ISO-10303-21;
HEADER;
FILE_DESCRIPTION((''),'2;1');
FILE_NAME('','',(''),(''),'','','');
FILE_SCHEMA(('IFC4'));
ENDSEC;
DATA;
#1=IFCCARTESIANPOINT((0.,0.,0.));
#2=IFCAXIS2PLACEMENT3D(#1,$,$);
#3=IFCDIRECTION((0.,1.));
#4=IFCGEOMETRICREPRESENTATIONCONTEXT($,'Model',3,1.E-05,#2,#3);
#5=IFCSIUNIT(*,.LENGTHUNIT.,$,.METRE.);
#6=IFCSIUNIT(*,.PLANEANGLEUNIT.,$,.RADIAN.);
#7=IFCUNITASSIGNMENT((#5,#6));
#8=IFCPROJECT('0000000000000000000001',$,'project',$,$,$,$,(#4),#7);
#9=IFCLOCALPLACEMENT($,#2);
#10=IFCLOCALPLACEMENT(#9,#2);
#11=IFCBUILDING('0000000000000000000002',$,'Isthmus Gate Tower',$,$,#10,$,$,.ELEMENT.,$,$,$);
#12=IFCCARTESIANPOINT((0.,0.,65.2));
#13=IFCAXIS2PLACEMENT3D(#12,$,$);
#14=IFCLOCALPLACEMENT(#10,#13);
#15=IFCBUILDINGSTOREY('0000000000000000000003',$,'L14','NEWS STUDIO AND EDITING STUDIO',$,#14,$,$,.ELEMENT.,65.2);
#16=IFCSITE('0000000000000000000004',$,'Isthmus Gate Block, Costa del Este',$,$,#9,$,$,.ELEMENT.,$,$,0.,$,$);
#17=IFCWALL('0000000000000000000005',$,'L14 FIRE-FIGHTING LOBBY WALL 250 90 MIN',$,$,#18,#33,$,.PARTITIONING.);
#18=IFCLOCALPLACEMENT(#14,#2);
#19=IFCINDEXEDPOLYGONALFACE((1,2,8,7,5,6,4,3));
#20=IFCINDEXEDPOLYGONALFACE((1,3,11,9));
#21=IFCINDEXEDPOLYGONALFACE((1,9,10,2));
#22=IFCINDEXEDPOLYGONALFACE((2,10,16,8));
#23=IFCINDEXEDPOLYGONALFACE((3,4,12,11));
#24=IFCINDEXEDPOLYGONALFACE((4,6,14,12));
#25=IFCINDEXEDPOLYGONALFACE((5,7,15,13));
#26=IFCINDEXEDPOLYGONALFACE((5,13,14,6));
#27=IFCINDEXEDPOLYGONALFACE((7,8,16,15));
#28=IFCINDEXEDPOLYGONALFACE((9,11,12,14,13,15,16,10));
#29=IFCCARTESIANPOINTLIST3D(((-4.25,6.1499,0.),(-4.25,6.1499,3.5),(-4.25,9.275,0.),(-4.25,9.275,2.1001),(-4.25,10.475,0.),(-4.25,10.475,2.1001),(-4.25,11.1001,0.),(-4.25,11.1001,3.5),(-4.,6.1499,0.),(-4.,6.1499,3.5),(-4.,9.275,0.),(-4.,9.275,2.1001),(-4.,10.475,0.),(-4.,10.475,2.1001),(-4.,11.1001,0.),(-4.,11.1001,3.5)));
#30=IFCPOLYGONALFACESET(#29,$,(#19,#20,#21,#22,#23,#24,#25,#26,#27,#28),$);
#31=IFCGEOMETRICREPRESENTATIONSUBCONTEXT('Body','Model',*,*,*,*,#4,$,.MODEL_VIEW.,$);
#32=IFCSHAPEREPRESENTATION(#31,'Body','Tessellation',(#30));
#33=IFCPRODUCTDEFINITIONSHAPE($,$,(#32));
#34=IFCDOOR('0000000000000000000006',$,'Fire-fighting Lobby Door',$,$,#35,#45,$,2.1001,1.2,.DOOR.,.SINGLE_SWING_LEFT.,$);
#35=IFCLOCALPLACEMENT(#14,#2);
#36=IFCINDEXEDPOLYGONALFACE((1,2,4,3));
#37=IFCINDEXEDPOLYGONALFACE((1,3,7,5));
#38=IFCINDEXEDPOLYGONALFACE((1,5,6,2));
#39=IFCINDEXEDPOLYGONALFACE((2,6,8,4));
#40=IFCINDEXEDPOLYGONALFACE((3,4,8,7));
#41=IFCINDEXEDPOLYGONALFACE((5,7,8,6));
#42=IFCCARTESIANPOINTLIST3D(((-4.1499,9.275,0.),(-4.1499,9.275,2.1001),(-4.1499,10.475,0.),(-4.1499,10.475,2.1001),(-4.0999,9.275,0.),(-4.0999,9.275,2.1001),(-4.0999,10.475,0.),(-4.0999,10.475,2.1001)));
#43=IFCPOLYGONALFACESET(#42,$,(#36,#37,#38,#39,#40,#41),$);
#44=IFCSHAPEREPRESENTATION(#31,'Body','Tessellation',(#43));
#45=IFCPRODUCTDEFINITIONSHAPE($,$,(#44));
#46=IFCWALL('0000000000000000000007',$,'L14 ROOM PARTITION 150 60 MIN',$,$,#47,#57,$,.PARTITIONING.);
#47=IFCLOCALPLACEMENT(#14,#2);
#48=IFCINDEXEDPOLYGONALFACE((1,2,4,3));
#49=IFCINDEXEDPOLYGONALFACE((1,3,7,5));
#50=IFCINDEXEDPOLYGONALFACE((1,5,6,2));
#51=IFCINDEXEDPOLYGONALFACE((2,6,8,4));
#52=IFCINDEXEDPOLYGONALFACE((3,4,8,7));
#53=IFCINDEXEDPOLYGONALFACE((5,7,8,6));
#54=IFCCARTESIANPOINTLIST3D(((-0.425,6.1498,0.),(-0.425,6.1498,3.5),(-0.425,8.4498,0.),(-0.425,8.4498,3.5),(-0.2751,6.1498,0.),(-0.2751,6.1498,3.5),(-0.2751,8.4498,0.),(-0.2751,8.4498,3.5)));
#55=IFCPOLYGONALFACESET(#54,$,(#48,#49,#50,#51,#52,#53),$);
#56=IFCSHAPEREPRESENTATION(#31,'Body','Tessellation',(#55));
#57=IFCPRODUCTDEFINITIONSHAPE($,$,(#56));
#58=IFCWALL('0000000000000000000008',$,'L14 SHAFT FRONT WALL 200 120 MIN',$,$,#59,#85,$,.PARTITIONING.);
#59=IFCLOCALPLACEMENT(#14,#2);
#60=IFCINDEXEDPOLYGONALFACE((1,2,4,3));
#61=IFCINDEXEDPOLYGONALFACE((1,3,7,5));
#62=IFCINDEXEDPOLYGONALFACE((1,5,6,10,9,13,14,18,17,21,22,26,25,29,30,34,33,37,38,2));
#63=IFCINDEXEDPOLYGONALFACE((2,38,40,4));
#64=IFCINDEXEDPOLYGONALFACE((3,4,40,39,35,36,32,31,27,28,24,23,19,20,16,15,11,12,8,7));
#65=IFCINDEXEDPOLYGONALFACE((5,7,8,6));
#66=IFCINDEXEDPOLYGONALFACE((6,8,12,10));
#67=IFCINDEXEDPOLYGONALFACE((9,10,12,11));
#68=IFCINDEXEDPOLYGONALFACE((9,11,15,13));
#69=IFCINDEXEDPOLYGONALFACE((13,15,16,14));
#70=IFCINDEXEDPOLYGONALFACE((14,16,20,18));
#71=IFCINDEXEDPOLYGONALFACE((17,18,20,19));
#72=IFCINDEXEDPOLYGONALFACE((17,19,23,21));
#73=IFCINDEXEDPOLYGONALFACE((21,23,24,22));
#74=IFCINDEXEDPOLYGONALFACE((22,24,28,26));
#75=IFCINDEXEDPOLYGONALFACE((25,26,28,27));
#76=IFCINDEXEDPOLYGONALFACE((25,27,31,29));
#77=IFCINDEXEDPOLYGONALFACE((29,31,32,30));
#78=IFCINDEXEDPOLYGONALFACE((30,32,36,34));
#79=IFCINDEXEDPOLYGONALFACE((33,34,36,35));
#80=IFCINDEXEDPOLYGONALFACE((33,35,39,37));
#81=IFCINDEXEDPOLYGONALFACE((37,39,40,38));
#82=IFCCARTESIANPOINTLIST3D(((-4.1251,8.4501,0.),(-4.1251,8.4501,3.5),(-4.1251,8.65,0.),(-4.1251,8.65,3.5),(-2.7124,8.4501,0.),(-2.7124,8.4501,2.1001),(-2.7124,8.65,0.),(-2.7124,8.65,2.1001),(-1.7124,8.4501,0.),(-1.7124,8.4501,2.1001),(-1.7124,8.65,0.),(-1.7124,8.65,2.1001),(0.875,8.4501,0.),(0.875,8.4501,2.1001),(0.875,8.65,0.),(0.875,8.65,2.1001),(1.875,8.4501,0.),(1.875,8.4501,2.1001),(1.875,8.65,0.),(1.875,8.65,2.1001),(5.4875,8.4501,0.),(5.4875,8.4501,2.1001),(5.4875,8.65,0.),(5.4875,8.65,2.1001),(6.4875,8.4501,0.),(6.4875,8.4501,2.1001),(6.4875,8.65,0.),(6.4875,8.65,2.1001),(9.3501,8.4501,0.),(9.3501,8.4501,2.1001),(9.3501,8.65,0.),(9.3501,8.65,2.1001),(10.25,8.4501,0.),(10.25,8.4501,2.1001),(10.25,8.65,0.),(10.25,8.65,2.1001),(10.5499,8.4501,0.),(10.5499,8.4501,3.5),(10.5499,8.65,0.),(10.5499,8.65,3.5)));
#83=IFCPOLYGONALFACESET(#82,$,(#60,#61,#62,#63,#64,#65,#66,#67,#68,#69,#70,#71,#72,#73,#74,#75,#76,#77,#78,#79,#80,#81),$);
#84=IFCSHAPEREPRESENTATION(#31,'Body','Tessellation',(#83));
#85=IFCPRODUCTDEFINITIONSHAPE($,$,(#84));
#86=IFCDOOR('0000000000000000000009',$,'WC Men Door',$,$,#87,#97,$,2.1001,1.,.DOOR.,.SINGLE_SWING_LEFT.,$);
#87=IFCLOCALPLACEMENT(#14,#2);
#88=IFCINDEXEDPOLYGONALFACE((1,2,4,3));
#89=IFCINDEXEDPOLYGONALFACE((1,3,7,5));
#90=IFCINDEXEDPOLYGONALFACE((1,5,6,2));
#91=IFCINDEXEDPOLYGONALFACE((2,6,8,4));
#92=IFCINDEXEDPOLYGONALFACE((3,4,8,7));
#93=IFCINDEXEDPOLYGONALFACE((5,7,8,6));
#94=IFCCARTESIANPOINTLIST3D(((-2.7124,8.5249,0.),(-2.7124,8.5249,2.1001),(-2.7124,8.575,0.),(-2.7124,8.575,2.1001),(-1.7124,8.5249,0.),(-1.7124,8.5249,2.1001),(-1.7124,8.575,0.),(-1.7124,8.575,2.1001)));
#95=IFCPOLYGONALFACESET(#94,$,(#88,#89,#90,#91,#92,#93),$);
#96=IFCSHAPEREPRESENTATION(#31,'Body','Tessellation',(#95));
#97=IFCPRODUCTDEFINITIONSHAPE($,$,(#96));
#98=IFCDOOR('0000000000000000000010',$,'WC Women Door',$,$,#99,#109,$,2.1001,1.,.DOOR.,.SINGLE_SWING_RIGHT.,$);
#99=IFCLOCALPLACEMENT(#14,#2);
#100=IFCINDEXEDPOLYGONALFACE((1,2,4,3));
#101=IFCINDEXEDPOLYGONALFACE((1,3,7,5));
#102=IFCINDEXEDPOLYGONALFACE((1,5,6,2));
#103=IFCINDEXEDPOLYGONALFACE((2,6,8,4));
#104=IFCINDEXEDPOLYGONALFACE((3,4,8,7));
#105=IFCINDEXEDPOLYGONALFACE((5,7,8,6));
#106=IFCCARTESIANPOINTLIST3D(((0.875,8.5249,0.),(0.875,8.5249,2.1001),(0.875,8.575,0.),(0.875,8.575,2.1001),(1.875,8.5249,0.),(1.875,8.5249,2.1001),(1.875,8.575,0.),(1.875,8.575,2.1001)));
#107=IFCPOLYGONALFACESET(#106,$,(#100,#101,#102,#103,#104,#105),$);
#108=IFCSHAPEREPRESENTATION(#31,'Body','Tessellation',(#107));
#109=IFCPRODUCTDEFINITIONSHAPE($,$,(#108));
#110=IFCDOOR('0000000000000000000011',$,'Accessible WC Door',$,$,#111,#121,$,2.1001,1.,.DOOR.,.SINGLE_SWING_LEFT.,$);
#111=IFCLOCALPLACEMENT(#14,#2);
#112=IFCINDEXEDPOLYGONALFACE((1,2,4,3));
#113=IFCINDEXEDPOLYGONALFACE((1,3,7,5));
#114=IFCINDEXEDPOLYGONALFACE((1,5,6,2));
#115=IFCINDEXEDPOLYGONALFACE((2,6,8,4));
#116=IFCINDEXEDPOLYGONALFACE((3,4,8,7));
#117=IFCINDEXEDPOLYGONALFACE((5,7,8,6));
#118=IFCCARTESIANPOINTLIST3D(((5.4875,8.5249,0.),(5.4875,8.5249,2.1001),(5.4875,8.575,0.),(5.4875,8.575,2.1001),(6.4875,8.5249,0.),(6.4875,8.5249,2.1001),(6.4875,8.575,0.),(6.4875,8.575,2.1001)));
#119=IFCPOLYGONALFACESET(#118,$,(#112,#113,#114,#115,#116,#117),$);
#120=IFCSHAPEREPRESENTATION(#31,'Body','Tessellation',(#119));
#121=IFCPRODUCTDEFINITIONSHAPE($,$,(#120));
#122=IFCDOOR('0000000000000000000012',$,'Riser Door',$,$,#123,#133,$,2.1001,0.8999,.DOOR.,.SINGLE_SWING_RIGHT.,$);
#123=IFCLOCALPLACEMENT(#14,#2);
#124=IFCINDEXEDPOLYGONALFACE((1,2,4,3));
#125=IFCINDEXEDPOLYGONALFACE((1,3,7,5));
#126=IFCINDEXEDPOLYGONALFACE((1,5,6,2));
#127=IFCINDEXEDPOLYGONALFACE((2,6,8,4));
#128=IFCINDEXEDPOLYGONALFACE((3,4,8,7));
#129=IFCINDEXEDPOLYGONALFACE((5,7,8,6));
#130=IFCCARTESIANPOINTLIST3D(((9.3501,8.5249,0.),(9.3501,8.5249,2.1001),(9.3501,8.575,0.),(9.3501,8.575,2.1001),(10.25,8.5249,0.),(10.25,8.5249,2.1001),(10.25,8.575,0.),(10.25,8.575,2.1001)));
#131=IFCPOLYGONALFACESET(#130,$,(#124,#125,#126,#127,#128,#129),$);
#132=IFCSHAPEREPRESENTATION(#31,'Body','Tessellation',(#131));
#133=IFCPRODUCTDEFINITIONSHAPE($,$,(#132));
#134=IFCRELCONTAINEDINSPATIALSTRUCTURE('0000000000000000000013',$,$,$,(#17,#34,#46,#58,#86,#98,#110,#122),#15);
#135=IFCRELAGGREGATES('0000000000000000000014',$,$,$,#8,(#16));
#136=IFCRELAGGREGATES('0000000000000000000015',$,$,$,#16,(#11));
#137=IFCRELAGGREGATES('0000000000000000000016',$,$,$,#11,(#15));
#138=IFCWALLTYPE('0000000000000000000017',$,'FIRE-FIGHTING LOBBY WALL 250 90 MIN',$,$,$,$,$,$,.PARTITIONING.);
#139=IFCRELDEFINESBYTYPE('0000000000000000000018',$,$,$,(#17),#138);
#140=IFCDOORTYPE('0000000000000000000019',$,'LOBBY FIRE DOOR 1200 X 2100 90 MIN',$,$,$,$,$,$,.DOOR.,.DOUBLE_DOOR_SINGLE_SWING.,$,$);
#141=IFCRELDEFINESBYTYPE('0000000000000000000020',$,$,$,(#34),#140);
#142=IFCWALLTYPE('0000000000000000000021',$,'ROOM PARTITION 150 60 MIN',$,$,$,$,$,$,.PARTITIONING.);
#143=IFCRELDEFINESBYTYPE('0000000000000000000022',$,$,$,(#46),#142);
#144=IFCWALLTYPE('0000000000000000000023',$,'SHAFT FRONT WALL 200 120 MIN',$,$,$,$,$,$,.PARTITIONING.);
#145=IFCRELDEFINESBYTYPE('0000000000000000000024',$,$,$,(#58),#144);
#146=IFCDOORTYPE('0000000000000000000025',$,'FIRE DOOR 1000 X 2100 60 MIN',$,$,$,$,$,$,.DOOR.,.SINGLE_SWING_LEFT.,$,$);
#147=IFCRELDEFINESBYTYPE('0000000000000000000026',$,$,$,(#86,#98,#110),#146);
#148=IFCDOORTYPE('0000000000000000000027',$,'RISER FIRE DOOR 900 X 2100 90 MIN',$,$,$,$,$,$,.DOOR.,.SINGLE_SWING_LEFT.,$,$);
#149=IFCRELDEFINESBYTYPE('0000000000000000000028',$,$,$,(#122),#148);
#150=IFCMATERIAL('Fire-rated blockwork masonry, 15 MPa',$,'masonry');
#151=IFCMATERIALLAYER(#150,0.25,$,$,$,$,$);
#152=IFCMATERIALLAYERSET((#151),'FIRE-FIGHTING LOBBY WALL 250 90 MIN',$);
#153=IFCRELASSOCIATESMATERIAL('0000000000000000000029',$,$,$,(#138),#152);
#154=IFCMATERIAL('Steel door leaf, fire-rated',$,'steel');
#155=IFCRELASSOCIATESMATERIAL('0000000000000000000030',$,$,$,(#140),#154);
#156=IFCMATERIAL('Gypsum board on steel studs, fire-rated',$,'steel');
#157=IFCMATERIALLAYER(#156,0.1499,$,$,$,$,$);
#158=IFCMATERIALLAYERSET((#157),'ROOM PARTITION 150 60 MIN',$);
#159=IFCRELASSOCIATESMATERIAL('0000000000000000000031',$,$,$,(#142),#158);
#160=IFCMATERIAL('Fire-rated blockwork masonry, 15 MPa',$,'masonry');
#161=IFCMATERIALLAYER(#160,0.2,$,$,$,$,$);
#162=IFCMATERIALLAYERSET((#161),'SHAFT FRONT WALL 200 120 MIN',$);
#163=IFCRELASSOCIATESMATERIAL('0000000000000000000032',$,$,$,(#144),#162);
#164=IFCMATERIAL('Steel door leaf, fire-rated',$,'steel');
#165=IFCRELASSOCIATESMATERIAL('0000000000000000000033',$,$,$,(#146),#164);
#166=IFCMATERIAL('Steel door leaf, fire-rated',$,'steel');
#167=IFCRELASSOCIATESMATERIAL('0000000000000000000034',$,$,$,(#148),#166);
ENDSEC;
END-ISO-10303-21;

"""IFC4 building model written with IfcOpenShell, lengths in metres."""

from ifc_helpers import new_model, si_unit, direction, frame, frame_2d, origin, place, context, subcontext, project, spatial, rectangle, extrude, material, layer, layer_set, type_object, element, fill, save


model = new_model("IFC4")

# Units and contexts
model_context = context("Model", 3, precision=1e-05, world=origin(), true_north=direction((0.0, 1.0)))
body_context = subcontext(model_context, "Body", "Model", "MODEL_VIEW")
ifc_project = project(units=[si_unit("LENGTHUNIT", "METRE"), si_unit("PLANEANGLEUNIT", "RADIAN")], contexts=[model_context])

# Site, building, storey
site_placement = place(None, origin())
site = spatial("IfcSite", under=ifc_project, at=site_placement, Name="Isthmus Gate Block, Costa del Este", CompositionType="ELEMENT", RefElevation=0.0)
building_placement = place(site_placement, origin())
building = spatial("IfcBuilding", under=site, at=building_placement, Name="Isthmus Gate Tower", CompositionType="ELEMENT")
storey_placement = place(building_placement, frame((0.0, 0.0, 65.2)))
storey = spatial("IfcBuildingStorey", under=building, at=storey_placement, Name="L14", Description="NEWS STUDIO AND EDITING STUDIO", CompositionType="ELEMENT", Elevation=65.2)

# Wall, opening, door
ifc_material_1 = material(Name="Fire-rated blockwork masonry, 15 MPa", Category="masonry")
ifc_layer_1 = layer(ifc_material_1, 0.25)
ifc_layer_set_1 = layer_set([ifc_layer_1], Name="FIRE-FIGHTING LOBBY WALL 250 90 MIN")
wall_type_1 = type_object("IfcWallType", Name="FIRE-FIGHTING LOBBY WALL 250 90 MIN", PredefinedType="PARTITIONING", material=ifc_layer_set_1)
wall_1_placement = place(storey_placement, frame((-4.125, 6.1499, 0.0), z_axis=(0.0, 0.0, 1.0), x_axis=(0.0, 1.0, 0.0)))
wall_1 = element("IfcWall", 1, at=wall_1_placement, inside=storey, type_object=wall_type_1, Name="L14 FIRE-FIGHTING LOBBY WALL 250 90 MIN", PredefinedType="PARTITIONING", context=body_context, shape_type="SweptSolid", body=[
    extrude(rectangle(XDim=4.9502, YDim=0.25, at=frame_2d((2.4751, 0.0))), origin(), (0.0, 0.0, 1.0), 3.5),
])
opening_1_placement = place(wall_1_placement, frame((3.125, 0.0, 0.0)))
opening_1 = element("IfcOpeningElement", 2, at=opening_1_placement, cuts=wall_1, PredefinedType="OPENING", context=body_context, shape_type="SweptSolid", body=[
    extrude(rectangle(XDim=1.2, YDim=2.1001, at=frame_2d((0.6001, 1.05))), frame((0.0, 0.135, 0.0), z_axis=(0.0, -1.0, 0.0), x_axis=(1.0, 0.0, 0.0)), (0.0, 0.0, 1.0), 0.27),
])
ifc_material_2 = material(Name="Steel door leaf, fire-rated", Category="steel")
door_type_1 = type_object("IfcDoorType", Name="LOBBY FIRE DOOR 1200 X 2100 90 MIN", OperationType="DOUBLE_DOOR_SINGLE_SWING", PredefinedType="DOOR", material=ifc_material_2)
door_1_placement = place(opening_1_placement, origin())
door_1 = element("IfcDoor", 3, at=door_1_placement, inside=storey, type_object=door_type_1, Name="Fire-fighting Lobby Door", OperationType="SINGLE_SWING_LEFT", OverallHeight=2.1001, OverallWidth=1.2, PredefinedType="DOOR", context=body_context, shape_type="SweptSolid", body=[
    extrude(rectangle(XDim=1.2, YDim=2.1001, at=frame_2d((0.6001, 1.05))), frame((0.0, 0.0249, 0.0), z_axis=(0.0, -1.0, 0.0), x_axis=(1.0, 0.0, 0.0)), (0.0, 0.0, 1.0), 0.05),
])
fill(opening_1, door_1)

# Wall
ifc_material_3 = material(Name="Gypsum board on steel studs, fire-rated", Category="steel")
ifc_layer_2 = layer(ifc_material_3, 0.1499)
ifc_layer_set_2 = layer_set([ifc_layer_2], Name="ROOM PARTITION 150 60 MIN")
wall_type_2 = type_object("IfcWallType", Name="ROOM PARTITION 150 60 MIN", PredefinedType="PARTITIONING", material=ifc_layer_set_2)
wall_2_placement = place(storey_placement, frame((-0.3501, 6.1499, 0.0), z_axis=(0.0, 0.0, 1.0), x_axis=(0.0, 1.0, 0.0)))
element("IfcWall", 4, at=wall_2_placement, inside=storey, type_object=wall_type_2, Name="L14 ROOM PARTITION 150 60 MIN", PredefinedType="PARTITIONING", context=body_context, shape_type="SweptSolid", body=[
    extrude(rectangle(XDim=2.3, YDim=0.1499, at=frame_2d((1.1499, 0.0))), origin(), (0.0, 0.0, 1.0), 3.5),
])

# Wall, openings, doors
ifc_material_4 = material(Name="Fire-rated blockwork masonry, 15 MPa", Category="masonry")
ifc_layer_3 = layer(ifc_material_4, 0.2)
ifc_layer_set_3 = layer_set([ifc_layer_3], Name="SHAFT FRONT WALL 200 120 MIN")
wall_type_3 = type_object("IfcWallType", Name="SHAFT FRONT WALL 200 120 MIN", PredefinedType="PARTITIONING", material=ifc_layer_set_3)
wall_3_placement = place(storey_placement, frame((-4.125, 8.55, 0.0), z_axis=(0.0, 0.0, 1.0), x_axis=(1.0, 0.0, 0.0)))
wall_3 = element("IfcWall", 5, at=wall_3_placement, inside=storey, type_object=wall_type_3, Name="L14 SHAFT FRONT WALL 200 120 MIN", PredefinedType="PARTITIONING", context=body_context, shape_type="SweptSolid", body=[
    extrude(rectangle(XDim=14.675, YDim=0.2, at=frame_2d((7.3374, 0.0))), origin(), (0.0, 0.0, 1.0), 3.5),
])
opening_2_placement = place(wall_3_placement, frame((1.4126, 0.0, 0.0)))
opening_2 = element("IfcOpeningElement", 6, at=opening_2_placement, cuts=wall_3, PredefinedType="OPENING", context=body_context, shape_type="SweptSolid", body=[
    extrude(rectangle(XDim=1.0, YDim=2.1001, at=frame_2d((0.5, 1.05))), frame((0.0, 0.1099, 0.0), z_axis=(0.0, -1.0, 0.0), x_axis=(1.0, 0.0, 0.0)), (0.0, 0.0, 1.0), 0.22),
])
opening_3_placement = place(wall_3_placement, frame((5.0, 0.0, 0.0)))
opening_3 = element("IfcOpeningElement", 7, at=opening_3_placement, cuts=wall_3, PredefinedType="OPENING", context=body_context, shape_type="SweptSolid", body=[
    extrude(rectangle(XDim=1.0, YDim=2.1001, at=frame_2d((0.5, 1.05))), frame((0.0, 0.1099, 0.0), z_axis=(0.0, -1.0, 0.0), x_axis=(1.0, 0.0, 0.0)), (0.0, 0.0, 1.0), 0.22),
])
opening_4_placement = place(wall_3_placement, frame((9.6125, 0.0, 0.0)))
opening_4 = element("IfcOpeningElement", 8, at=opening_4_placement, cuts=wall_3, PredefinedType="OPENING", context=body_context, shape_type="SweptSolid", body=[
    extrude(rectangle(XDim=1.0, YDim=2.1001, at=frame_2d((0.5, 1.05))), frame((0.0, 0.1099, 0.0), z_axis=(0.0, -1.0, 0.0), x_axis=(1.0, 0.0, 0.0)), (0.0, 0.0, 1.0), 0.22),
])
opening_5_placement = place(wall_3_placement, frame((13.4751, 0.0, 0.0)))
opening_5 = element("IfcOpeningElement", 9, at=opening_5_placement, cuts=wall_3, PredefinedType="OPENING", context=body_context, shape_type="SweptSolid", body=[
    extrude(rectangle(XDim=0.8999, YDim=2.1001, at=frame_2d((0.45, 1.05))), frame((0.0, 0.1099, 0.0), z_axis=(0.0, -1.0, 0.0), x_axis=(1.0, 0.0, 0.0)), (0.0, 0.0, 1.0), 0.22),
])
ifc_material_5 = material(Name="Steel door leaf, fire-rated", Category="steel")
door_type_2 = type_object("IfcDoorType", Name="FIRE DOOR 1000 X 2100 60 MIN", OperationType="SINGLE_SWING_LEFT", PredefinedType="DOOR", material=ifc_material_5)
door_2_placement = place(opening_2_placement, origin())
door_2 = element("IfcDoor", 10, at=door_2_placement, inside=storey, type_object=door_type_2, Name="WC Men Door", OperationType="SINGLE_SWING_LEFT", OverallHeight=2.1001, OverallWidth=1.0, PredefinedType="DOOR", context=body_context, shape_type="SweptSolid", body=[
    extrude(rectangle(XDim=1.0, YDim=2.1001, at=frame_2d((0.5, 1.05))), frame((0.0, 0.0249, 0.0), z_axis=(0.0, -1.0, 0.0), x_axis=(1.0, 0.0, 0.0)), (0.0, 0.0, 1.0), 0.05),
])
fill(opening_2, door_2)
door_3_placement = place(opening_3_placement, origin())
door_3 = element("IfcDoor", 11, at=door_3_placement, inside=storey, type_object=door_type_2, Name="WC Women Door", OperationType="SINGLE_SWING_RIGHT", OverallHeight=2.1001, OverallWidth=1.0, PredefinedType="DOOR", context=body_context, shape_type="SweptSolid", body=[
    extrude(rectangle(XDim=1.0, YDim=2.1001, at=frame_2d((0.5, 1.05))), frame((0.0, 0.0249, 0.0), z_axis=(0.0, -1.0, 0.0), x_axis=(1.0, 0.0, 0.0)), (0.0, 0.0, 1.0), 0.05),
])
fill(opening_3, door_3)
door_4_placement = place(opening_4_placement, origin())
door_4 = element("IfcDoor", 12, at=door_4_placement, inside=storey, type_object=door_type_2, Name="Accessible WC Door", OperationType="SINGLE_SWING_LEFT", OverallHeight=2.1001, OverallWidth=1.0, PredefinedType="DOOR", context=body_context, shape_type="SweptSolid", body=[
    extrude(rectangle(XDim=1.0, YDim=2.1001, at=frame_2d((0.5, 1.05))), frame((0.0, 0.0249, 0.0), z_axis=(0.0, -1.0, 0.0), x_axis=(1.0, 0.0, 0.0)), (0.0, 0.0, 1.0), 0.05),
])
fill(opening_4, door_4)
ifc_material_6 = material(Name="Steel door leaf, fire-rated", Category="steel")
door_type_3 = type_object("IfcDoorType", Name="RISER FIRE DOOR 900 X 2100 90 MIN", OperationType="SINGLE_SWING_LEFT", PredefinedType="DOOR", material=ifc_material_6)
door_5_placement = place(opening_5_placement, origin())
door_5 = element("IfcDoor", 13, at=door_5_placement, inside=storey, type_object=door_type_3, Name="Riser Door", OperationType="SINGLE_SWING_RIGHT", OverallHeight=2.1001, OverallWidth=0.8999, PredefinedType="DOOR", context=body_context, shape_type="SweptSolid", body=[
    extrude(rectangle(XDim=0.8999, YDim=2.1001, at=frame_2d((0.45, 1.05))), frame((0.0, 0.0249, 0.0), z_axis=(0.0, -1.0, 0.0), x_axis=(1.0, 0.0, 0.0)), (0.0, 0.0, 1.0), 0.05),
])
fill(opening_5, door_5)

save(model, "model.ifc")
